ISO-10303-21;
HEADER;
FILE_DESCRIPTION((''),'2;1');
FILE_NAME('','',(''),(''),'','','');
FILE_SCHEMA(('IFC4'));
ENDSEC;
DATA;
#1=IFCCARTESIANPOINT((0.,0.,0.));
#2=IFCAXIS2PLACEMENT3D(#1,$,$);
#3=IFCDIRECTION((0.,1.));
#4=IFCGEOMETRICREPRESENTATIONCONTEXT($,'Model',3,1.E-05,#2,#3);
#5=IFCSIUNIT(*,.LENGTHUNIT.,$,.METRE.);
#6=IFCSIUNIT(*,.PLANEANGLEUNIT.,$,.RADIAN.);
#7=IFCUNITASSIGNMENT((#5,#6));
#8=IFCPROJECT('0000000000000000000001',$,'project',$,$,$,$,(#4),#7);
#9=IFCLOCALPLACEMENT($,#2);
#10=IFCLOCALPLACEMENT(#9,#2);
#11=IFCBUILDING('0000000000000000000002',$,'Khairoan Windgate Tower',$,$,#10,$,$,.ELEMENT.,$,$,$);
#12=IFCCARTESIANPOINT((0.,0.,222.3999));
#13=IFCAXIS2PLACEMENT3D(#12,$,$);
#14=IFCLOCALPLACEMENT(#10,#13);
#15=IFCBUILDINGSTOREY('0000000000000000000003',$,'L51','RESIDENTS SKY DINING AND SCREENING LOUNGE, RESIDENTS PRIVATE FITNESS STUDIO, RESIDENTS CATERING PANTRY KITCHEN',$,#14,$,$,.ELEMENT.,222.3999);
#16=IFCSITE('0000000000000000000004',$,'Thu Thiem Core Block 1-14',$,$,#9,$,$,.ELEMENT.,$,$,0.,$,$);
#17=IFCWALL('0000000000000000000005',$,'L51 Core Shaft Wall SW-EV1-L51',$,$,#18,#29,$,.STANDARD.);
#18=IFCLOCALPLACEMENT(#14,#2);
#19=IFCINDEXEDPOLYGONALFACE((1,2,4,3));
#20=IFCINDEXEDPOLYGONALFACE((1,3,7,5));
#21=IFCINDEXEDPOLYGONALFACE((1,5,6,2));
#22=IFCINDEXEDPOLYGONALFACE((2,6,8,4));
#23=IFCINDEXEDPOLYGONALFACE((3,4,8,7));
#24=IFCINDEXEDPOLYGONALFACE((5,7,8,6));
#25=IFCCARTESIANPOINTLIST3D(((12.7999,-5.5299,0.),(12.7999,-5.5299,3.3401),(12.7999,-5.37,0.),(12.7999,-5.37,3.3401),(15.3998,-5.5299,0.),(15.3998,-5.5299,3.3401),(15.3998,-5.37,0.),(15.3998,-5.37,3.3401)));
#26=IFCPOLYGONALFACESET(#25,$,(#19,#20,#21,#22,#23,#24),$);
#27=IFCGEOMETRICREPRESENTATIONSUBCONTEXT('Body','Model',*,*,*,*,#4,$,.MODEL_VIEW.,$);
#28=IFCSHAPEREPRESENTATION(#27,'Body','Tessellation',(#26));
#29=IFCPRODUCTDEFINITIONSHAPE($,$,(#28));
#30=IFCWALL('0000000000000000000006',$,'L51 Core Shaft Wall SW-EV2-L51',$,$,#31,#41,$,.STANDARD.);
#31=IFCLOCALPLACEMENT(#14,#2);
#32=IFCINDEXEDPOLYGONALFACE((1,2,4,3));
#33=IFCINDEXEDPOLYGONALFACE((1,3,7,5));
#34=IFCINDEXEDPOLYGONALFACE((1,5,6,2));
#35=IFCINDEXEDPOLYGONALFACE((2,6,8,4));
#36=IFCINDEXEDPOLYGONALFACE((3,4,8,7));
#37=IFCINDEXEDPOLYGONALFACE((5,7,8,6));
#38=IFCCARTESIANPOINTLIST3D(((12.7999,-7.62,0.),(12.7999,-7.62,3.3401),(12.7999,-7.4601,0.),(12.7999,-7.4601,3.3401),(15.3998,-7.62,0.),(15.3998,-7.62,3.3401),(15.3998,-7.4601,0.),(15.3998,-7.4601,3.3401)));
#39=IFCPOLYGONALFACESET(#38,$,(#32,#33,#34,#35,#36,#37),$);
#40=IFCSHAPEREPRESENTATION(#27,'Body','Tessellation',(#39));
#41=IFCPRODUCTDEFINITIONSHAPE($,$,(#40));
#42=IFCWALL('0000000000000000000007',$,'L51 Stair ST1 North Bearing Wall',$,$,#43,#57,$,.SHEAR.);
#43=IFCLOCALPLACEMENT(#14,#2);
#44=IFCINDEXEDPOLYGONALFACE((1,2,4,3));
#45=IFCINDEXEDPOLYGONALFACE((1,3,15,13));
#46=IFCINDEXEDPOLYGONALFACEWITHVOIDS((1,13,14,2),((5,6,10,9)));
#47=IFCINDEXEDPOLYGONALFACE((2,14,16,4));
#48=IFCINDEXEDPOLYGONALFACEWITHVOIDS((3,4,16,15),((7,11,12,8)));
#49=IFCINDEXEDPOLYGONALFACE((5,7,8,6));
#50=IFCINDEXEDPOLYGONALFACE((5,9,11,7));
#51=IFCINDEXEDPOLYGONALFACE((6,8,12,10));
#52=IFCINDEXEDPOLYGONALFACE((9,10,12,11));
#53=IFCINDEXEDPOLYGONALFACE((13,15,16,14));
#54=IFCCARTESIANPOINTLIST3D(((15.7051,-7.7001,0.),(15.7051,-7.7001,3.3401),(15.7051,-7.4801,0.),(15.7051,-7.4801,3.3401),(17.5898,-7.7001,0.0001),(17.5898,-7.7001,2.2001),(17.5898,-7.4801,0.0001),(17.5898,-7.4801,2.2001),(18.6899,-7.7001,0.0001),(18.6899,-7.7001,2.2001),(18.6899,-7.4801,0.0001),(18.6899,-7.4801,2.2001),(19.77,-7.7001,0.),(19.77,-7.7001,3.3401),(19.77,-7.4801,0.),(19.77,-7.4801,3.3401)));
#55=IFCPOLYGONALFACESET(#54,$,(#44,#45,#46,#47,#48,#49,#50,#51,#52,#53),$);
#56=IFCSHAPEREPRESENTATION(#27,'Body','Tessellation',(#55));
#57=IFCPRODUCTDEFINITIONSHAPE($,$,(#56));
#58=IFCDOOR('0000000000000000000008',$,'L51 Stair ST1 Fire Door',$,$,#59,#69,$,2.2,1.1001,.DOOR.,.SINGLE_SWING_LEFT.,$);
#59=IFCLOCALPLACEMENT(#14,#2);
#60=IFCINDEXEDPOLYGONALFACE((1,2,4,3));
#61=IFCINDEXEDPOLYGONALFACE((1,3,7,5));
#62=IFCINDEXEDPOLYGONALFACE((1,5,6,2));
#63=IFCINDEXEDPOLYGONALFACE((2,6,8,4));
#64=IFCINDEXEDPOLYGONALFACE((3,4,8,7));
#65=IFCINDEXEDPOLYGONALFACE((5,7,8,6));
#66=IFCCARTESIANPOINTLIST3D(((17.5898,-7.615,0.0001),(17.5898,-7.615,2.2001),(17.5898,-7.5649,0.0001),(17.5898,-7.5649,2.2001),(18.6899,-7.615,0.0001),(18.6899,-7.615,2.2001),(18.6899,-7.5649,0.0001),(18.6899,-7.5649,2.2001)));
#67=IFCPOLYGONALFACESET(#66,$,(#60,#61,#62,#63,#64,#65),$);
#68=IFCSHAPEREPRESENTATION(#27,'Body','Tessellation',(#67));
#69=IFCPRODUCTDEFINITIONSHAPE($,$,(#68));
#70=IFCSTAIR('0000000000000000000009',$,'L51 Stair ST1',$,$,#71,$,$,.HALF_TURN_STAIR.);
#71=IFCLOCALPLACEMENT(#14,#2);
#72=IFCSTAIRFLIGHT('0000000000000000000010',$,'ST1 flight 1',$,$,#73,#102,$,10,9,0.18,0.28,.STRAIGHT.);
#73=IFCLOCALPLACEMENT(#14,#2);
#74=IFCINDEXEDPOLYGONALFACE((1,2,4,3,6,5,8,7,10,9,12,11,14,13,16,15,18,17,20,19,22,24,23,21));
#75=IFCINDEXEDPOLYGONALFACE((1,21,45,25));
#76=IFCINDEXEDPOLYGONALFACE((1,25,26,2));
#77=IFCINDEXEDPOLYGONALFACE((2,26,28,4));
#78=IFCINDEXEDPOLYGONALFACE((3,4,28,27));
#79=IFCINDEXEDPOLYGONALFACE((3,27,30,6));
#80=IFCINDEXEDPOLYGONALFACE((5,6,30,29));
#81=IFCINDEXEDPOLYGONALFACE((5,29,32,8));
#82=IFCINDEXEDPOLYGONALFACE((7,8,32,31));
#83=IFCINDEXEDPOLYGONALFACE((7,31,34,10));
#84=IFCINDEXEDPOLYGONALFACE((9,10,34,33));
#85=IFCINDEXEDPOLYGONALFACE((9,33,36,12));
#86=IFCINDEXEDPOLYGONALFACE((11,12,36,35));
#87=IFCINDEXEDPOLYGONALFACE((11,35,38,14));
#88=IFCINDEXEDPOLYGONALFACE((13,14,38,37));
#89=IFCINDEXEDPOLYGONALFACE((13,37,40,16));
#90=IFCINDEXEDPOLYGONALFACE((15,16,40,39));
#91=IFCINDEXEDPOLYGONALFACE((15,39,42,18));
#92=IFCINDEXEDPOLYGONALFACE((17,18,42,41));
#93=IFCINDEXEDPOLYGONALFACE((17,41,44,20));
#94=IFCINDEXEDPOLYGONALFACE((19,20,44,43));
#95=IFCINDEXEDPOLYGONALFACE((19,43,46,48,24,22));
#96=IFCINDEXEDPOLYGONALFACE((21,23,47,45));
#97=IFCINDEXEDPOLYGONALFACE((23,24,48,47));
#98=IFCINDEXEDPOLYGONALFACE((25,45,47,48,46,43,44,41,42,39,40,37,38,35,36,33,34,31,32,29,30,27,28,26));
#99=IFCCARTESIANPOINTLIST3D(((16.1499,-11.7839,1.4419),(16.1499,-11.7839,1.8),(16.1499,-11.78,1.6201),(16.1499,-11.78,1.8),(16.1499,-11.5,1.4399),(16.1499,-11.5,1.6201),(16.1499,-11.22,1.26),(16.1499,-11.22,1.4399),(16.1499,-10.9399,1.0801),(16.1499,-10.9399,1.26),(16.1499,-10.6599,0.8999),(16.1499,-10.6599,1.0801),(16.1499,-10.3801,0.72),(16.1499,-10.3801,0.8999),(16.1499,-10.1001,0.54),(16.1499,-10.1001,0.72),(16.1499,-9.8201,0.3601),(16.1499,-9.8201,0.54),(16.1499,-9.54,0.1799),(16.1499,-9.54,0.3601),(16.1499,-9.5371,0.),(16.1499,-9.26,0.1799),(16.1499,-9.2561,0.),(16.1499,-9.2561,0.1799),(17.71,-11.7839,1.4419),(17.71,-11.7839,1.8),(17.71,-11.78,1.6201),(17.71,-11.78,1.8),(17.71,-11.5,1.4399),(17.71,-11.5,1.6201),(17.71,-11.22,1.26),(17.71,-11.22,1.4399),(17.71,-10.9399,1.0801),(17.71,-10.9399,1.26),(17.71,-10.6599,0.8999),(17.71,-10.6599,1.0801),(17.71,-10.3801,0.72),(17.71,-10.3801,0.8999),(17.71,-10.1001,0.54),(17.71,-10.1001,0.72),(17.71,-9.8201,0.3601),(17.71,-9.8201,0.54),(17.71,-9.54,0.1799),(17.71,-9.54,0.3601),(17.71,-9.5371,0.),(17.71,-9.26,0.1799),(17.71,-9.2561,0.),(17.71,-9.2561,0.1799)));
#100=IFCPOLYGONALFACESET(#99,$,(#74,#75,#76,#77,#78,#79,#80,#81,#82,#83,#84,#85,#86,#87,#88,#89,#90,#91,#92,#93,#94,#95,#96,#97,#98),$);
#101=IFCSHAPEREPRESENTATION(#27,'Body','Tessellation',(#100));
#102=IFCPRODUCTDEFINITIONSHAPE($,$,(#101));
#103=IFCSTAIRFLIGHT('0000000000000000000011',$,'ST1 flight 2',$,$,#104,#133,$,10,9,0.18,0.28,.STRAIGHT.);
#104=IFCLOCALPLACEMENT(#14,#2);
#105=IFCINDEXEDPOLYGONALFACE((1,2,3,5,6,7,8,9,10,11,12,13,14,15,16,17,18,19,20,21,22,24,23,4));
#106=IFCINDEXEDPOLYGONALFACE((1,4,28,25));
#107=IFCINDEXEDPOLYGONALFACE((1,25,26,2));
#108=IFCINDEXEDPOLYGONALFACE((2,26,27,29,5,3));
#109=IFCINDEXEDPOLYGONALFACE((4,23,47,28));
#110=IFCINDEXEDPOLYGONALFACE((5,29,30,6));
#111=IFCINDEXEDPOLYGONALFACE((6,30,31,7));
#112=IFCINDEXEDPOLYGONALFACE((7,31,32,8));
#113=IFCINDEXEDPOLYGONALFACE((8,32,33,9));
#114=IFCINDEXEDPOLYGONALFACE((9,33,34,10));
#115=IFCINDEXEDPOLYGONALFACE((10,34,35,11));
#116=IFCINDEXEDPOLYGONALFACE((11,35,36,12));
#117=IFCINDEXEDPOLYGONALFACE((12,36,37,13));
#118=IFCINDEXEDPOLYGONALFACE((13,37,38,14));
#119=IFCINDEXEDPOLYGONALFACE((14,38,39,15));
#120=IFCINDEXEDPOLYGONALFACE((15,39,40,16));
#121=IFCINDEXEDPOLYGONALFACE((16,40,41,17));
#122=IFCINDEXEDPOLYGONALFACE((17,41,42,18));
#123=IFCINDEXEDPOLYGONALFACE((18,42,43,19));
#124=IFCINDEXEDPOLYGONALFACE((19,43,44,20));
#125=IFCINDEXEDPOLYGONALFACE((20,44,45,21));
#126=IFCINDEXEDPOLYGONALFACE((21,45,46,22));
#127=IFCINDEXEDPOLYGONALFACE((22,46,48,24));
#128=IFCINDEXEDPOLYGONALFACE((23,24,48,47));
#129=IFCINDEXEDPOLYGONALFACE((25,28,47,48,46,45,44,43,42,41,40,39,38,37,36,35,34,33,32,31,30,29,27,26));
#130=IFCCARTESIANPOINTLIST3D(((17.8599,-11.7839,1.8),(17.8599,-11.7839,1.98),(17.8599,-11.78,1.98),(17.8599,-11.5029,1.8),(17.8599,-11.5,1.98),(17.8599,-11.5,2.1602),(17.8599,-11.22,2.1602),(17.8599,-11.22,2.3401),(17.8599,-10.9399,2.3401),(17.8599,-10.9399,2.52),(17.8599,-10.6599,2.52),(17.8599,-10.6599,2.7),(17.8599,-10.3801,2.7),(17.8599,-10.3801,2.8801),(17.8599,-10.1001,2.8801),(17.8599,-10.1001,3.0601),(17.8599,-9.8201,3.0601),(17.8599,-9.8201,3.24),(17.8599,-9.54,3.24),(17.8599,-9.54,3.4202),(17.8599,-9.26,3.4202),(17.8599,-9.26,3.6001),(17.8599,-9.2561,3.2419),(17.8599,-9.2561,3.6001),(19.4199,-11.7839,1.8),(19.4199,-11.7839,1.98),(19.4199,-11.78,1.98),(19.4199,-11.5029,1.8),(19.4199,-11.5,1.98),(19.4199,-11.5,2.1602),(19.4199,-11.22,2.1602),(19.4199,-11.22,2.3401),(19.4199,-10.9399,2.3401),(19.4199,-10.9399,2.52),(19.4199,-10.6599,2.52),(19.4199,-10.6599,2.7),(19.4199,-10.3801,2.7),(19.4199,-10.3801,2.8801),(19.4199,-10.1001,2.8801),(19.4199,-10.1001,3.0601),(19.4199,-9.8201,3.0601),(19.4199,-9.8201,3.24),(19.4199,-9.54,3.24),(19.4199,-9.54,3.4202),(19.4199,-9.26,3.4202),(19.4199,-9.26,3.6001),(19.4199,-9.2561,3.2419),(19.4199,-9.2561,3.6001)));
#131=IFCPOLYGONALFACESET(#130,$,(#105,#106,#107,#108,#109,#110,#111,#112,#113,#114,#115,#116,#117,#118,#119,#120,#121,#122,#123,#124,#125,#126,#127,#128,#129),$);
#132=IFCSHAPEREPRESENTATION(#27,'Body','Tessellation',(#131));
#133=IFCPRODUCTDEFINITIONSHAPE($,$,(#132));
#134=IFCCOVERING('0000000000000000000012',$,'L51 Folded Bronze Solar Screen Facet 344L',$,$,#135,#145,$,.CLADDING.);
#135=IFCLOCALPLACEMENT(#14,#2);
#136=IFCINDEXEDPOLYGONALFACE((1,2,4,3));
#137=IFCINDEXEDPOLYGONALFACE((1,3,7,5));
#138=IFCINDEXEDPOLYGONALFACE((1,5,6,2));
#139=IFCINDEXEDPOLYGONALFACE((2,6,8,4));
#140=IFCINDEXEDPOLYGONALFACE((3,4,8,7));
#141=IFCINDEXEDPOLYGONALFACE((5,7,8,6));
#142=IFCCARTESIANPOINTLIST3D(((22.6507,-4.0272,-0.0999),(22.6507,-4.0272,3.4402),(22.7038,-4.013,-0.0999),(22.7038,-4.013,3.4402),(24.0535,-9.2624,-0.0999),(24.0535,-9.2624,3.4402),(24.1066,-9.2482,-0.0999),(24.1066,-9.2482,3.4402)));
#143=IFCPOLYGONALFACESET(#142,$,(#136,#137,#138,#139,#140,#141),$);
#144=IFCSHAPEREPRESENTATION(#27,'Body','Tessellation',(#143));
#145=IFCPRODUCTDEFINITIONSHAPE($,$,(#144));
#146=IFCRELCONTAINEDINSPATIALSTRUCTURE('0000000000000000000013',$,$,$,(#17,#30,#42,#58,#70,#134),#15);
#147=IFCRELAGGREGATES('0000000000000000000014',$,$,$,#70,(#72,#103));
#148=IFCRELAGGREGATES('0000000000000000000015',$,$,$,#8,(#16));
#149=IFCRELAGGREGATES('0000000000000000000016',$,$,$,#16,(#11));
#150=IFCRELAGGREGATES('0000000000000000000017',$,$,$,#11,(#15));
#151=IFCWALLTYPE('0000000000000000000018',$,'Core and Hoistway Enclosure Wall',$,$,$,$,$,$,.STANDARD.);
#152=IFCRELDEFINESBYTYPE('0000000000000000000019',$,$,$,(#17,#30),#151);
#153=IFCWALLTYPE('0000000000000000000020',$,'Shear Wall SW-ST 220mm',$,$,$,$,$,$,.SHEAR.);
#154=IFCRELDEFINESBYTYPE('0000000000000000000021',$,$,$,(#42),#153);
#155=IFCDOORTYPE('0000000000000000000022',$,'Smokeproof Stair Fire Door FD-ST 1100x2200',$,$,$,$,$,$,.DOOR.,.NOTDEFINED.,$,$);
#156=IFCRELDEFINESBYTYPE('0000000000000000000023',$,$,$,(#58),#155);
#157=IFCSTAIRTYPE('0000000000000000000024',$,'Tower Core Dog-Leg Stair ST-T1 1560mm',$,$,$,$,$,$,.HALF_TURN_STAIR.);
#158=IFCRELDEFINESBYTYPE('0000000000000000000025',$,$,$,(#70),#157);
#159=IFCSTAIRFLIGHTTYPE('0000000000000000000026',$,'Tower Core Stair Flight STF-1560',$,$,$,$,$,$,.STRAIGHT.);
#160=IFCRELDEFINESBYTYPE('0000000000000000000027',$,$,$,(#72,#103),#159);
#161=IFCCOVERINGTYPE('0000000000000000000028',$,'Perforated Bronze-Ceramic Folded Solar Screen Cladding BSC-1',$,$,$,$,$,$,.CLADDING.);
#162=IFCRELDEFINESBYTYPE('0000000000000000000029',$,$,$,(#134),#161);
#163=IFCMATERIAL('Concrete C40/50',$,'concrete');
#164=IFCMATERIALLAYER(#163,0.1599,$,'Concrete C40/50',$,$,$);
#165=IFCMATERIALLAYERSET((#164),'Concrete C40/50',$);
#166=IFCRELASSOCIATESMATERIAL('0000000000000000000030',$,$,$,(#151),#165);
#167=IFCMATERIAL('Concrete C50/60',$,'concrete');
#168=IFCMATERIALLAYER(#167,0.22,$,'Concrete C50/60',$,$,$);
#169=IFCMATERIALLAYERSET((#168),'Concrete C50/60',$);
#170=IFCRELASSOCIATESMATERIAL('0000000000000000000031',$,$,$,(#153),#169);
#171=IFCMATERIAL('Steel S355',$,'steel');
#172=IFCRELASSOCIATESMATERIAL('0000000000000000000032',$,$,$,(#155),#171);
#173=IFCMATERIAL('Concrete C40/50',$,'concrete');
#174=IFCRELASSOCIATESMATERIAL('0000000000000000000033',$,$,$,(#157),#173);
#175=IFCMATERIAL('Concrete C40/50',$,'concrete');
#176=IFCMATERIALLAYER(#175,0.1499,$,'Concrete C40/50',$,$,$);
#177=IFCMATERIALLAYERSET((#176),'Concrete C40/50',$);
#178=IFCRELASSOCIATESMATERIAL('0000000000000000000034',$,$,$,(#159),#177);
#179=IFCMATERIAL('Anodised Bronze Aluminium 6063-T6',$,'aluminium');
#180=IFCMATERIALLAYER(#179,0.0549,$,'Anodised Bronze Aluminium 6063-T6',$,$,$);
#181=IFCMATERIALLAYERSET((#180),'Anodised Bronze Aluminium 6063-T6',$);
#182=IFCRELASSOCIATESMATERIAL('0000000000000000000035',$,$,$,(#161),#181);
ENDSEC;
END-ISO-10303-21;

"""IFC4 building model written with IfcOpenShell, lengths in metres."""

from ifc_helpers import new_model, si_unit, direction, frame, frame_2d, origin, origin_2d, place, context, subcontext, project, spatial, polyline, rectangle, outline, extrude, material, layer, layer_set, type_object, element, fill, aggregate, save


model = new_model("IFC4")

# Units and contexts
model_context = context("Model", 3, precision=1e-05, world=origin(), true_north=direction((0.0, 1.0)))
body_context = subcontext(model_context, "Body", "Model", "MODEL_VIEW")
ifc_project = project(units=[si_unit("LENGTHUNIT", "METRE"), si_unit("PLANEANGLEUNIT", "RADIAN")], contexts=[model_context])

# Site, building, storey
site_placement = place(None, origin())
site = spatial("IfcSite", under=ifc_project, at=site_placement, Name="Thu Thiem Core Block 1-14", CompositionType="ELEMENT", RefElevation=0.0)
building_placement = place(site_placement, origin())
building = spatial("IfcBuilding", under=site, at=building_placement, Name="Khairoan Windgate Tower", CompositionType="ELEMENT")
storey_placement = place(building_placement, frame((0.0, 0.0, 222.3999)))
storey = spatial("IfcBuildingStorey", under=building, at=storey_placement, Name="L51", Description="RESIDENTS SKY DINING AND SCREENING LOUNGE, RESIDENTS PRIVATE FITNESS STUDIO, RESIDENTS CATERING PANTRY KITCHEN", CompositionType="ELEMENT", Elevation=222.3999)

# Shared definitions
ifc_material_1 = material(Name="Concrete C40/50", Category="concrete")
ifc_layer_1 = layer(ifc_material_1, 0.1599, Name="Concrete C40/50")
ifc_layer_set_1 = layer_set([ifc_layer_1], Name="Concrete C40/50")
wall_type_1 = type_object("IfcWallType", Name="Core and Hoistway Enclosure Wall", PredefinedType="STANDARD", material=ifc_layer_set_1)

# Walls
for number, where, z_axis, x_axis, name in (
    (1, (12.8, -5.45, 0.0), (0.0, 0.0, 1.0), (1.0, 0.0, 0.0), "L51 Core Shaft Wall SW-EV1-L51"),
    (2, (12.8, -7.54, 0.0), (0.0, 0.0, 1.0), (1.0, 0.0, 0.0), "L51 Core Shaft Wall SW-EV2-L51"),
):
    element("IfcWall", number, at=place(storey_placement, frame(where, z_axis=z_axis, x_axis=x_axis)), inside=storey, type_object=wall_type_1, Name=name, PredefinedType="STANDARD", context=body_context, shape_type="SweptSolid", body=[
        extrude(rectangle(XDim=2.5999, YDim=0.1599, at=frame_2d((1.2998, 0.0))), origin(), (0.0, 0.0, 1.0), 3.3401),
    ])

# Wall, opening, door
ifc_material_2 = material(Name="Concrete C50/60", Category="concrete")
ifc_layer_2 = layer(ifc_material_2, 0.22, Name="Concrete C50/60")
ifc_layer_set_2 = layer_set([ifc_layer_2], Name="Concrete C50/60")
wall_type_2 = type_object("IfcWallType", Name="Shear Wall SW-ST 220mm", PredefinedType="SHEAR", material=ifc_layer_set_2)
wall_1_placement = place(storey_placement, frame((19.77, -7.5901, 0.0), z_axis=(0.0, 0.0, 1.0), x_axis=(-1.0, 0.0, 0.0)))
wall_1 = element("IfcWall", 3, at=wall_1_placement, inside=storey, type_object=wall_type_2, Name="L51 Stair ST1 North Bearing Wall", PredefinedType="SHEAR", context=body_context, shape_type="SweptSolid", body=[
    extrude(rectangle(XDim=4.0649, YDim=0.22, at=frame_2d((2.0325, 0.0))), origin(), (0.0, 0.0, 1.0), 3.3401),
])
opening_1_placement = place(wall_1_placement, frame((1.0801, 0.0, 0.0)))
opening_1 = element("IfcOpeningElement", 4, at=opening_1_placement, cuts=wall_1, PredefinedType="OPENING", context=body_context, shape_type="SweptSolid", body=[
    extrude(rectangle(XDim=1.1001, YDim=2.2, at=frame_2d((0.55, 1.1001))), frame((0.0, 0.1199, 0.0), z_axis=(0.0, -1.0, 0.0), x_axis=(1.0, 0.0, 0.0)), (0.0, 0.0, 1.0), 0.24),
])
ifc_material_3 = material(Name="Steel S355", Category="steel")
door_type_1 = type_object("IfcDoorType", Name="Smokeproof Stair Fire Door FD-ST 1100x2200", OperationType="NOTDEFINED", PredefinedType="DOOR", material=ifc_material_3)
door_1_placement = place(opening_1_placement, origin())
door_1 = element("IfcDoor", 5, at=door_1_placement, inside=storey, type_object=door_type_1, Name="L51 Stair ST1 Fire Door", OperationType="SINGLE_SWING_LEFT", OverallHeight=2.2, OverallWidth=1.1001, PredefinedType="DOOR", context=body_context, shape_type="SweptSolid", body=[
    extrude(rectangle(XDim=1.1001, YDim=2.2, at=frame_2d((0.55, 1.1001))), frame((0.0, 0.0249, 0.0), z_axis=(0.0, -1.0, 0.0), x_axis=(1.0, 0.0, 0.0)), (0.0, 0.0, 1.0), 0.05),
])
fill(opening_1, door_1)

# Stair, stair flights
ifc_material_4 = material(Name="Concrete C40/50", Category="concrete")
stair_type = type_object("IfcStairType", Name="Tower Core Dog-Leg Stair ST-T1 1560mm", PredefinedType="HALF_TURN_STAIR", material=ifc_material_4)
stair_placement = place(storey_placement, origin())
stair = element("IfcStair", 6, at=stair_placement, inside=storey, type_object=stair_type, Name="L51 Stair ST1", PredefinedType="HALF_TURN_STAIR")
ifc_material_5 = material(Name="Concrete C40/50", Category="concrete")
ifc_layer_3 = layer(ifc_material_5, 0.1499, Name="Concrete C40/50")
ifc_layer_set_3 = layer_set([ifc_layer_3], Name="Concrete C40/50")
stair_flight_type = type_object("IfcStairFlightType", Name="Tower Core Stair Flight STF-1560", PredefinedType="STRAIGHT", material=ifc_layer_set_3)
stair_flight_1_placement = place(storey_placement, frame((16.9299, -9.26, 0.0), z_axis=(0.0, 0.0, 1.0), x_axis=(0.0, -1.0, 0.0)))
stair_flight_1 = element("IfcStairFlight", 7, at=stair_flight_1_placement, type_object=stair_flight_type, Name="ST1 flight 1", NumberOfRisers=10, NumberOfTreads=9, PredefinedType="STRAIGHT", RiserHeight=0.18, TreadLength=0.28, context=body_context, shape_type="SweptSolid", body=[
    extrude(outline(polyline([(-0.0039, 0.0), (-0.0039, 0.1799), (0.0, 0.1799), (0.28, 0.1799), (0.28, 0.3601), (0.5601, 0.3601), (0.5601, 0.54), (0.8401, 0.54), (0.8401, 0.72), (1.1201, 0.72), (1.1201, 0.8999), (1.3999, 0.8999), (1.3999, 1.0801), (1.6799, 1.0801), (1.6799, 1.26), (1.96, 1.26), (1.96, 1.4399), (2.24, 1.4399), (2.24, 1.6201), (2.52, 1.6201), (2.52, 1.8), (2.5239, 1.8), (2.5239, 1.4419), (0.2771, 0.0), (-0.0039, 0.0)])), frame((0.0, 0.78, 0.0), z_axis=(0.0, -1.0, 0.0), x_axis=(1.0, 0.0, 0.0)), (0.0, 0.0, 1.0), 1.5601),
])
stair_flight_2_placement = place(storey_placement, frame((18.6399, -11.78, 1.8), z_axis=(0.0, 0.0, 1.0), x_axis=(0.0, 1.0, 0.0)))
stair_flight_2 = element("IfcStairFlight", 8, at=stair_flight_2_placement, type_object=stair_flight_type, Name="ST1 flight 2", NumberOfRisers=10, NumberOfTreads=9, PredefinedType="STRAIGHT", RiserHeight=0.18, TreadLength=0.28, context=body_context, shape_type="SweptSolid", body=[
    extrude(outline(polyline([(-0.0039, 0.0), (-0.0039, 0.1799), (0.0, 0.1799), (0.28, 0.1799), (0.28, 0.3601), (0.5601, 0.3601), (0.5601, 0.54), (0.8401, 0.54), (0.8401, 0.72), (1.1201, 0.72), (1.1201, 0.8999), (1.3999, 0.8999), (1.3999, 1.0801), (1.6799, 1.0801), (1.6799, 1.26), (1.96, 1.26), (1.96, 1.4399), (2.24, 1.4399), (2.24, 1.6201), (2.52, 1.6201), (2.52, 1.8), (2.5239, 1.8), (2.5239, 1.4419), (0.2771, 0.0), (-0.0039, 0.0)])), frame((0.0, 0.78, 0.0), z_axis=(0.0, -1.0, 0.0), x_axis=(1.0, 0.0, 0.0)), (0.0, 0.0, 1.0), 1.5601),
])
aggregate(stair, [stair_flight_1, stair_flight_2])

# Covering
ifc_material_6 = material(Name="Anodised Bronze Aluminium 6063-T6", Category="aluminium")
ifc_layer_4 = layer(ifc_material_6, 0.0549, Name="Anodised Bronze Aluminium 6063-T6")
ifc_layer_set_4 = layer_set([ifc_layer_4], Name="Anodised Bronze Aluminium 6063-T6")
covering_type = type_object("IfcCoveringType", Name="Perforated Bronze-Ceramic Folded Solar Screen Cladding BSC-1", PredefinedType="CLADDING", material=ifc_layer_set_4)
covering_placement = place(storey_placement, frame((23.3787, -6.6377, -0.0999), z_axis=(0.0, 0.0, 1.0), x_axis=(0.258819, -0.965926, 0.0)))
element("IfcCovering", 9, at=covering_placement, inside=storey, type_object=covering_type, Name="L51 Folded Bronze Solar Screen Facet 344L", PredefinedType="CLADDING", context=body_context, shape_type="SweptSolid", body=[
    extrude(rectangle(XDim=5.4199, YDim=0.0549, at=origin_2d()), origin(), (0.0, 0.0, 1.0), 3.54),
])

save(model, "model.ifc")
